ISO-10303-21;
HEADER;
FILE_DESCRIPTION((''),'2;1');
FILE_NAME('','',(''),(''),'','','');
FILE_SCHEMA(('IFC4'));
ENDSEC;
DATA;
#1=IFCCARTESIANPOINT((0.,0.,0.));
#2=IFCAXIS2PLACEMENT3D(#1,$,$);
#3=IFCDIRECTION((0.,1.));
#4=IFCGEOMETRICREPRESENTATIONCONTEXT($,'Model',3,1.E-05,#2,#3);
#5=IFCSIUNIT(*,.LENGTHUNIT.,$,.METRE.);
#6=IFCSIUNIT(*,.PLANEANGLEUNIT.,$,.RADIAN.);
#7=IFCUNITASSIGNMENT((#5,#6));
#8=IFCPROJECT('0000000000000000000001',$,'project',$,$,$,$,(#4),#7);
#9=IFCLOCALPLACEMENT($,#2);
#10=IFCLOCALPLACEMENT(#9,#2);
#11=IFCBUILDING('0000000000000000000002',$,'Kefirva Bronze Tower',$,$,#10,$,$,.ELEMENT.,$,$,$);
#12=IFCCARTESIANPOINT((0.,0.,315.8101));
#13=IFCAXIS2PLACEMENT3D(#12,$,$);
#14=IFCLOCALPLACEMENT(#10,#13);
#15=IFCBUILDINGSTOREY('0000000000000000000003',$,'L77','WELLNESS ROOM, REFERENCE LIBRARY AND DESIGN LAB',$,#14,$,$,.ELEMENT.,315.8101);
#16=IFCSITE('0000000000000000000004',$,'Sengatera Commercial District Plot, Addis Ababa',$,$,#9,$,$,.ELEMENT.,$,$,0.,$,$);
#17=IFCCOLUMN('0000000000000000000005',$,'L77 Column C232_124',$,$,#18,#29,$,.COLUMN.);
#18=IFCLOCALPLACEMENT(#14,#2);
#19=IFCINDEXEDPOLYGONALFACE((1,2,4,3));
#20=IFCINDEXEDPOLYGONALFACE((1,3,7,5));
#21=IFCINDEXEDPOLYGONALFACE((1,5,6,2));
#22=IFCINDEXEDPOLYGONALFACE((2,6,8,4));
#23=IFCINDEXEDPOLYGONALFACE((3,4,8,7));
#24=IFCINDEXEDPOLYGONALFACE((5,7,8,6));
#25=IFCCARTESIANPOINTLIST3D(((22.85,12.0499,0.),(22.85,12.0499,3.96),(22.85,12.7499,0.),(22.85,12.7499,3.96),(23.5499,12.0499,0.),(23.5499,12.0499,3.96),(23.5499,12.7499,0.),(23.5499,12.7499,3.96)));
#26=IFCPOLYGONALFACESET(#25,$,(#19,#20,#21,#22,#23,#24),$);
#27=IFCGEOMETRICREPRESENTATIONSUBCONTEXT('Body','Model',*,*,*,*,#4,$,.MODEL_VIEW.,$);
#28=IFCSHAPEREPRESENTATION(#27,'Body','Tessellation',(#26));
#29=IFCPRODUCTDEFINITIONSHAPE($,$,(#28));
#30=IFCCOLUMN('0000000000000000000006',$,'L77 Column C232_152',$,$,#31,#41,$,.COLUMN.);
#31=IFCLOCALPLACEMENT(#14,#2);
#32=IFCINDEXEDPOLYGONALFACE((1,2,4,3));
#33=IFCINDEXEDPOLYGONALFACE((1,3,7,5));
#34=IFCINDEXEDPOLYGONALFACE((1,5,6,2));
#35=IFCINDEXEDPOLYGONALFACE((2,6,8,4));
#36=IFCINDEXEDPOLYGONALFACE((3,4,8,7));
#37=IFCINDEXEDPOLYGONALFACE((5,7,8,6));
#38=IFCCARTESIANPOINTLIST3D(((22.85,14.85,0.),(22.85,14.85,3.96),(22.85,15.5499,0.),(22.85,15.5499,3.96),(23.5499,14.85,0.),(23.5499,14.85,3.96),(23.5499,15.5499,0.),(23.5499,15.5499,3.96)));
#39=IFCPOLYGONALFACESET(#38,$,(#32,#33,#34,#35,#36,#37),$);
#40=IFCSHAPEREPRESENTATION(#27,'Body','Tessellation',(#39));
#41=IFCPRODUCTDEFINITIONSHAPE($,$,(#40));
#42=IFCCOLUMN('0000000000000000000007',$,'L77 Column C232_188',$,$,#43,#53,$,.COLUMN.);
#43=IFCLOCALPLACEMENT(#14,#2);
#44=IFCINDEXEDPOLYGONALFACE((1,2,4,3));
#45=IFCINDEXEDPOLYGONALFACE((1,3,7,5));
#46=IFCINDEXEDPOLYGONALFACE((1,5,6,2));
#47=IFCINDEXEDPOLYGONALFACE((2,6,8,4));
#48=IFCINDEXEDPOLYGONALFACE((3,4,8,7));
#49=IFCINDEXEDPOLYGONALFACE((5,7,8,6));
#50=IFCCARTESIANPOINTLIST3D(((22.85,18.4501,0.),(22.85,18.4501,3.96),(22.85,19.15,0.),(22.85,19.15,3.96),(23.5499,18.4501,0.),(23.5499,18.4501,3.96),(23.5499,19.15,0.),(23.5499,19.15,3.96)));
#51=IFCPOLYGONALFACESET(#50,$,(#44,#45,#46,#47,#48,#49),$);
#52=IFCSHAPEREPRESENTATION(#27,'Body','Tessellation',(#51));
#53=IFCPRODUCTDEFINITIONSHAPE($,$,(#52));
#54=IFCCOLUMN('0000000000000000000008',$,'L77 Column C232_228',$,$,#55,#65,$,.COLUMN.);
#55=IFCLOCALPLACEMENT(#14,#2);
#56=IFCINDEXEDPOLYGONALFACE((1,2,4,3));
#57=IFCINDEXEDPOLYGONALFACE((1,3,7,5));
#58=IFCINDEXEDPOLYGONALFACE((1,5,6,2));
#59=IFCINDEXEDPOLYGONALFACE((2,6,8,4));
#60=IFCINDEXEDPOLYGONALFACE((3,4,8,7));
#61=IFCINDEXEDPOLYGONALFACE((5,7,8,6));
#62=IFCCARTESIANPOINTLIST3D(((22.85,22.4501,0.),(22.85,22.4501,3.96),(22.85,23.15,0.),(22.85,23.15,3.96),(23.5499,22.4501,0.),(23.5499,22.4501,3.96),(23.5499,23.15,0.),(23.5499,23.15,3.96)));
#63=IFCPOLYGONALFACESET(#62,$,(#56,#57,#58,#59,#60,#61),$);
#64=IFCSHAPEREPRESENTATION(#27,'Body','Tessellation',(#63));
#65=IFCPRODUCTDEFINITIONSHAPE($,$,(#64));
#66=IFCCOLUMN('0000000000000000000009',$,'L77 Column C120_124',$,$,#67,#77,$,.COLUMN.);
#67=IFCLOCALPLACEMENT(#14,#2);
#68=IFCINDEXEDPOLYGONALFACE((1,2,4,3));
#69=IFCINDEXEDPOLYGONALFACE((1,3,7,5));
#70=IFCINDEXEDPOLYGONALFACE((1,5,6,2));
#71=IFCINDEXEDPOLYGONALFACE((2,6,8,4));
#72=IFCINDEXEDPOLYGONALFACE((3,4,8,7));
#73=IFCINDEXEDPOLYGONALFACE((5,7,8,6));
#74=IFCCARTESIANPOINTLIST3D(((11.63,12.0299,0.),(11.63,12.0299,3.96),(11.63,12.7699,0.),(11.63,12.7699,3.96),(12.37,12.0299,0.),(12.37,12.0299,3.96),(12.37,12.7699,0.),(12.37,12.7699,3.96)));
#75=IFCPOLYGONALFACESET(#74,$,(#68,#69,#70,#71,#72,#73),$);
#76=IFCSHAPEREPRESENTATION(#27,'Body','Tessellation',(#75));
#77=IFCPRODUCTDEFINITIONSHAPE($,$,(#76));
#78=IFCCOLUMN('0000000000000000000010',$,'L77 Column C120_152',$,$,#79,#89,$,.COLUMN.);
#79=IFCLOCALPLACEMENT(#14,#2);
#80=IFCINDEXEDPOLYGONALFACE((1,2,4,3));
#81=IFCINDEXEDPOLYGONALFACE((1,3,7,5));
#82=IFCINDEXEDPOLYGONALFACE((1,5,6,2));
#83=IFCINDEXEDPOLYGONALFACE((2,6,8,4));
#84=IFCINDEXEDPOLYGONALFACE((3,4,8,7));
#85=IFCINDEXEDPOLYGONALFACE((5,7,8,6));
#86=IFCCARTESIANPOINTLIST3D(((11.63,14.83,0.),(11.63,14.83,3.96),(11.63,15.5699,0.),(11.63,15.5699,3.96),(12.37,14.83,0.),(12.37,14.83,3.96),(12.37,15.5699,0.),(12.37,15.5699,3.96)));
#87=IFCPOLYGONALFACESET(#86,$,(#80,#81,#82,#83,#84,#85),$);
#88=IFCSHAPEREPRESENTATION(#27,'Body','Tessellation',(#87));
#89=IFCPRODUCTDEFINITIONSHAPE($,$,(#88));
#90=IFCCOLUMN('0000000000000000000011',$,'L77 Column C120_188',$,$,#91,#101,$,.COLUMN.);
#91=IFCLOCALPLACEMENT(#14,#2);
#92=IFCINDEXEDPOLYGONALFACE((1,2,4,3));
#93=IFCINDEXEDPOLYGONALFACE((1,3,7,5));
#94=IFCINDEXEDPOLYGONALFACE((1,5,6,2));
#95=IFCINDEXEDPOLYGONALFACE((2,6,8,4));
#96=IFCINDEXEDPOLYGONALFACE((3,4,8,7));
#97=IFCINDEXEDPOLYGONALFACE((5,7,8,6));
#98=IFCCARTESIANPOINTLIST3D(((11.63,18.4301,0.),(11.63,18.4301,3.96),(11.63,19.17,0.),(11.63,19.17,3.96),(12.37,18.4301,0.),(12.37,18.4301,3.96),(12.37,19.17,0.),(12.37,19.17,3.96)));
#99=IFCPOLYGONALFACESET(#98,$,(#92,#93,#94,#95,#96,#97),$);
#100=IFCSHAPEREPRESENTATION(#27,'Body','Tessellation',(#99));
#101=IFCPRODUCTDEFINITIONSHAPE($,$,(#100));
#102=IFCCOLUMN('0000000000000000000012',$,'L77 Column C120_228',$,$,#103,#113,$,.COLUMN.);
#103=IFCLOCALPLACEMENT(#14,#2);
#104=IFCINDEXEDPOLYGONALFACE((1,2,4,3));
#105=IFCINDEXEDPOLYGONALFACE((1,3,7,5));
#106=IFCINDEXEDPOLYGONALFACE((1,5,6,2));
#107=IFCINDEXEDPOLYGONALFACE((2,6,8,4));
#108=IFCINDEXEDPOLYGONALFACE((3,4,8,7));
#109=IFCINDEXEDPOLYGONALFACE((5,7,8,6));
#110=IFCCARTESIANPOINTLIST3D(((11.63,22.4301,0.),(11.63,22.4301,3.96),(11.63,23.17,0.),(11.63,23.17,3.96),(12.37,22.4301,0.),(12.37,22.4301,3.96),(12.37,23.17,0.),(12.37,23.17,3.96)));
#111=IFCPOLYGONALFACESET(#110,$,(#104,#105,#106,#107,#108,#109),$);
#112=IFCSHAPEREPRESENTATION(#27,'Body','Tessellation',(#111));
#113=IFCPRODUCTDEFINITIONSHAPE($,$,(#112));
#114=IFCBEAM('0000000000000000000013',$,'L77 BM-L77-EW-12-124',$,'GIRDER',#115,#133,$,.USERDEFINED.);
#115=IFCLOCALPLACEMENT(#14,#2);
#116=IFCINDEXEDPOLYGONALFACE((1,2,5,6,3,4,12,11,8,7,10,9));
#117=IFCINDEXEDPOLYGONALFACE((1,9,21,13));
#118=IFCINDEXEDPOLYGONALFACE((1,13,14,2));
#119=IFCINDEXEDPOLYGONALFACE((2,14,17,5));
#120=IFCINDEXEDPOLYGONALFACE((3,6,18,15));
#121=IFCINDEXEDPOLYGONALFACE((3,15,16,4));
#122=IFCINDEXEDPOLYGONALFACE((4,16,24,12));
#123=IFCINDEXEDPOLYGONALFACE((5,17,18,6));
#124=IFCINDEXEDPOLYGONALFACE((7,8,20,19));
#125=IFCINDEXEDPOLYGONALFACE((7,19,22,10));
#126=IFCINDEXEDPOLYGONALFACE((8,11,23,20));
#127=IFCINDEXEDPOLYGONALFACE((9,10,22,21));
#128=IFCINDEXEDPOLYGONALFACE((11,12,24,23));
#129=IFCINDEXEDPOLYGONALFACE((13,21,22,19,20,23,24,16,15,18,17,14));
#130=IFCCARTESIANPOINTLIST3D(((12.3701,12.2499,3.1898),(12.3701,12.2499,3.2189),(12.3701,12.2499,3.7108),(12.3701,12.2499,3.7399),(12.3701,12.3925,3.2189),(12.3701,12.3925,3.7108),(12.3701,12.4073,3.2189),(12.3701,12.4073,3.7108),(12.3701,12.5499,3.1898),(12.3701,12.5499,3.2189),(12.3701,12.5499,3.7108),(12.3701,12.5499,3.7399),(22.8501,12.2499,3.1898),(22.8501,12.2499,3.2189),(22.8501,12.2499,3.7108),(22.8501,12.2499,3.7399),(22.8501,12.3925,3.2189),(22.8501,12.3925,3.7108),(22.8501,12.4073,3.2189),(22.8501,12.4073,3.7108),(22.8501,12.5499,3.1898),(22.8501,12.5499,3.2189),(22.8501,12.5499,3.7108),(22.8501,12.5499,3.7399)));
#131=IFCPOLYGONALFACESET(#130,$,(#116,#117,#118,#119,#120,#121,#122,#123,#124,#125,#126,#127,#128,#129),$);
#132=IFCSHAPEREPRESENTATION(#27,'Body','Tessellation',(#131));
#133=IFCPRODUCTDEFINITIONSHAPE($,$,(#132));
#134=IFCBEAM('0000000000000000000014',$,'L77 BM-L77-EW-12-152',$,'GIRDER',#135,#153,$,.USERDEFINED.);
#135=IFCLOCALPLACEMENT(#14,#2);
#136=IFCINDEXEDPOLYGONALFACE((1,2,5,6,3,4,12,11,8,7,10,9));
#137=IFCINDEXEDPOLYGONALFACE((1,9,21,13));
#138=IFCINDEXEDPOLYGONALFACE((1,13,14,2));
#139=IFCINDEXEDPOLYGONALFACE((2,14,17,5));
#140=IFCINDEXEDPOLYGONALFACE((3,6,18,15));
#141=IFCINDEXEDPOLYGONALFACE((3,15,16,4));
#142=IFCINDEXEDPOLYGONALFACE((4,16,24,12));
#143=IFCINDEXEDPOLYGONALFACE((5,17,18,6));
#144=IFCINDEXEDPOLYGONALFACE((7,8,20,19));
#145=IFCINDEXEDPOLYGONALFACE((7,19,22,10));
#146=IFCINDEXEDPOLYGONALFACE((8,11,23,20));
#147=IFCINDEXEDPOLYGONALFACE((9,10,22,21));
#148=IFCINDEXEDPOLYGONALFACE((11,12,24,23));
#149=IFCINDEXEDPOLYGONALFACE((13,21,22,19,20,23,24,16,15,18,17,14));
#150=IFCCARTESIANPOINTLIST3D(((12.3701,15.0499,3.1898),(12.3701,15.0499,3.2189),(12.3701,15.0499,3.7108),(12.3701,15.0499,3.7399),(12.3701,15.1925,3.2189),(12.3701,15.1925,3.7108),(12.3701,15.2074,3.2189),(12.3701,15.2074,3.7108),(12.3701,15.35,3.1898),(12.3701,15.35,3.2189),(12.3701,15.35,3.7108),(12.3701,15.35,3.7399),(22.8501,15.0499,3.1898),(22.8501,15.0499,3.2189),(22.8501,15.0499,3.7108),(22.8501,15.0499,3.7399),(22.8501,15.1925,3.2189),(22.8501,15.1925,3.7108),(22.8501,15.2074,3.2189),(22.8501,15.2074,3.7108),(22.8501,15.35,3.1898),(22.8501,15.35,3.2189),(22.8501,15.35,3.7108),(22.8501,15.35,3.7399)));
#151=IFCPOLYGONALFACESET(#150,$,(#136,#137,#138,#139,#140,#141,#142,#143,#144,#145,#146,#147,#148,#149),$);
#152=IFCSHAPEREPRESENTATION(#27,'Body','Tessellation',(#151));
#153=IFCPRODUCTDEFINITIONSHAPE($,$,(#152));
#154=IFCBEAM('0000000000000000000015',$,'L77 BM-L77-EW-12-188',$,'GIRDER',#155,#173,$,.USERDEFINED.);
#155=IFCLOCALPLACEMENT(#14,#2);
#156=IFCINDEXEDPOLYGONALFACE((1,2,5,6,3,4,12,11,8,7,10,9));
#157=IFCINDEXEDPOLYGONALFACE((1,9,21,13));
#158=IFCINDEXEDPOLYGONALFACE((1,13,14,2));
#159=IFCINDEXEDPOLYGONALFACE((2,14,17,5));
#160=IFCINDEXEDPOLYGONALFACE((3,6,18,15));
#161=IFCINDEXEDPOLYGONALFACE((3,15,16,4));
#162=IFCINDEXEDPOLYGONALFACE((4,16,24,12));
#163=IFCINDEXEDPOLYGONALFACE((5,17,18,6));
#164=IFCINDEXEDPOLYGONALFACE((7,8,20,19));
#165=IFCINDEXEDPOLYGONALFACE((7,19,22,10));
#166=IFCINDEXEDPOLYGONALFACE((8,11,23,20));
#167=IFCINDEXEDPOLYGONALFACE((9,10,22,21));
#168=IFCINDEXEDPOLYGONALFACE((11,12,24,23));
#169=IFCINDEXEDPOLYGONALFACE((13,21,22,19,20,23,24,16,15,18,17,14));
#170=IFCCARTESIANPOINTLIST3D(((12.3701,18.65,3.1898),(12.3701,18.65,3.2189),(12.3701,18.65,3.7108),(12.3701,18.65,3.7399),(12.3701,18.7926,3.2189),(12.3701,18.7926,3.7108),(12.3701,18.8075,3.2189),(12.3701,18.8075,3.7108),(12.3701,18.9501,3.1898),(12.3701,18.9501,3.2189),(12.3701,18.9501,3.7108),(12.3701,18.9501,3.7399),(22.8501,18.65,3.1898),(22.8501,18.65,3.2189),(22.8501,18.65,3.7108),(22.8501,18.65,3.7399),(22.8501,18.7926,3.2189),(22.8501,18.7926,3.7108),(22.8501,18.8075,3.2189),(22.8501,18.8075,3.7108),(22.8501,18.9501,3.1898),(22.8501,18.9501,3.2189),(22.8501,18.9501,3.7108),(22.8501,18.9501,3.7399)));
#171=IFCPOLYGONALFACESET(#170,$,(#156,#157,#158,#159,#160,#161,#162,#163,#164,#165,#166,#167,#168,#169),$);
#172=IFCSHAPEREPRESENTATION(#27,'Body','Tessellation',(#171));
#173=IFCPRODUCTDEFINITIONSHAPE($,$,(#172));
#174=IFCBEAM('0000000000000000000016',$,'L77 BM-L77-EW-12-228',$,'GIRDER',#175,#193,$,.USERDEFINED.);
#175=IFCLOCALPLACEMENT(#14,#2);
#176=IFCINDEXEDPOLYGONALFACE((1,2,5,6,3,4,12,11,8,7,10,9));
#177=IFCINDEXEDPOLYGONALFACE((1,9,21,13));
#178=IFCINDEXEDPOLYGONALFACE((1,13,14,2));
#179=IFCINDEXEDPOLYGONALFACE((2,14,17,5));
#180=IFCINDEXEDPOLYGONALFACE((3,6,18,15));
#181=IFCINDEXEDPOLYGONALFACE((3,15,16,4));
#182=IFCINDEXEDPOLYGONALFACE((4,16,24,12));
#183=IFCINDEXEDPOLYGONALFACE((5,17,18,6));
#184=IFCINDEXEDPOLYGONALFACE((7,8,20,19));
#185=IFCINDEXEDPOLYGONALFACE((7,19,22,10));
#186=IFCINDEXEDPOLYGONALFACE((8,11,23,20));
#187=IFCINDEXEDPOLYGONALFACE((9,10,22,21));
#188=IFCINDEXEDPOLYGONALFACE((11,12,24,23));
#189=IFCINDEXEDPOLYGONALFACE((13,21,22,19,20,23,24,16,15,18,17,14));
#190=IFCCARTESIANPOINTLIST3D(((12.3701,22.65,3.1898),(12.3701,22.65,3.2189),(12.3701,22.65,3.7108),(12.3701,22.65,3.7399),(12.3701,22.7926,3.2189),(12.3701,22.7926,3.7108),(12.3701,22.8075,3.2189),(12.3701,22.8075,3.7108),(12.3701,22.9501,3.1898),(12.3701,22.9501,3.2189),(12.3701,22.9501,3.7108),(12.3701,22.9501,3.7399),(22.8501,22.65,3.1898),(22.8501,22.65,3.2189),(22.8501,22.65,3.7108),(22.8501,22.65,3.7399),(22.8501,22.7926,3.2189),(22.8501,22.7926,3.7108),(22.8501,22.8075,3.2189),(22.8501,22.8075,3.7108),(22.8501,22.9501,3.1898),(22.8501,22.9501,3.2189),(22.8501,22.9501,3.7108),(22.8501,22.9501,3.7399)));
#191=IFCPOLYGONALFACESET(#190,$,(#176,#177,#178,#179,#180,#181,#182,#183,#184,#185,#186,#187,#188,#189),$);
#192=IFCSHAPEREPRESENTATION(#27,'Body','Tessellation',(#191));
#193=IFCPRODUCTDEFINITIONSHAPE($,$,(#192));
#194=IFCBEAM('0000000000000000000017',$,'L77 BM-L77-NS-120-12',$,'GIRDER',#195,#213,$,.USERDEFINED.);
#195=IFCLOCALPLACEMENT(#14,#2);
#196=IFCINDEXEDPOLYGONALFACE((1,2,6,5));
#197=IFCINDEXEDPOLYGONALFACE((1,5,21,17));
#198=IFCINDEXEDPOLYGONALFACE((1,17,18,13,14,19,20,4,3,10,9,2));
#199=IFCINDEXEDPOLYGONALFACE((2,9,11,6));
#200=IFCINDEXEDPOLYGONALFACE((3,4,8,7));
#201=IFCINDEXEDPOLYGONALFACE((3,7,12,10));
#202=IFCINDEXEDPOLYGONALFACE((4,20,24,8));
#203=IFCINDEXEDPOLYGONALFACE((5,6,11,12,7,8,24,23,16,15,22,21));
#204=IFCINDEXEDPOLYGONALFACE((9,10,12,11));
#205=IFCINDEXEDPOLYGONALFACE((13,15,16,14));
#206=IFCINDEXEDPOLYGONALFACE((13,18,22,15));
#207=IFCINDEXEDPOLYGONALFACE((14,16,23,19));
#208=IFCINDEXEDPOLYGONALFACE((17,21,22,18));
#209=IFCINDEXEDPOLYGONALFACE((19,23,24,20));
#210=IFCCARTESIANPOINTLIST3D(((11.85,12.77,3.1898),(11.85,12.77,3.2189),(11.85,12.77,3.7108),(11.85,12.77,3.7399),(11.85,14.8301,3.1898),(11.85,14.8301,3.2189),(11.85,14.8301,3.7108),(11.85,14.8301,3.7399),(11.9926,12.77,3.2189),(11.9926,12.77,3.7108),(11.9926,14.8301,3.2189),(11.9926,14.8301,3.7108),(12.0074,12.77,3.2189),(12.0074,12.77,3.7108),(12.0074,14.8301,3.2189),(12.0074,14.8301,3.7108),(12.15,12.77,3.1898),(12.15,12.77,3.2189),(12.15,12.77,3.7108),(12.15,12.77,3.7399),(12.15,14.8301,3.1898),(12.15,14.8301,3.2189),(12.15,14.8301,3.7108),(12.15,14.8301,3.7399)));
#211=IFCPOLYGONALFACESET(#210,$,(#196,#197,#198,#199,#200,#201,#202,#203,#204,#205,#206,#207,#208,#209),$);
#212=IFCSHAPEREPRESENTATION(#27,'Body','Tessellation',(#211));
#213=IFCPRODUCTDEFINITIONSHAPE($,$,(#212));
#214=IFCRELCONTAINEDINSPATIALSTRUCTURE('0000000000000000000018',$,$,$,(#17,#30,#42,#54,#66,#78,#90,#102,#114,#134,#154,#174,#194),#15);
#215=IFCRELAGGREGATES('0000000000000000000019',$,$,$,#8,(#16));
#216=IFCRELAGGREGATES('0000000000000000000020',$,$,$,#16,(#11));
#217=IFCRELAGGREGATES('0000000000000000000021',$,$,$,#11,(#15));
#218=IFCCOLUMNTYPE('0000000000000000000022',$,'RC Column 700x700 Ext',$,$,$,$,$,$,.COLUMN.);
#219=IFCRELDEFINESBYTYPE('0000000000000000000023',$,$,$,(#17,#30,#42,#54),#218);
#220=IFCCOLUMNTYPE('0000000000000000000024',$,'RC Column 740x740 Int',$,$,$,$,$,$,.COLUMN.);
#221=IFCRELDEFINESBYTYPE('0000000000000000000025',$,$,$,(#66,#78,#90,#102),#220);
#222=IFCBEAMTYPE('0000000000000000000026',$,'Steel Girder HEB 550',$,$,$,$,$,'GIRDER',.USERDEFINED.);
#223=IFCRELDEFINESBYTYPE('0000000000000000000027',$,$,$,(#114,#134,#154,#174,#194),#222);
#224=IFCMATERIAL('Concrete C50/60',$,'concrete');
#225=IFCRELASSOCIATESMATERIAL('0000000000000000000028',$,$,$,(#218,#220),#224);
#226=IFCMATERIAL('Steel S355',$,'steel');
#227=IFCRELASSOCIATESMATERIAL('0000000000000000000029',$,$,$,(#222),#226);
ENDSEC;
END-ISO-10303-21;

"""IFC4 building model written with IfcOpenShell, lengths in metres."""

from ifc_helpers import new_model, si_unit, direction, frame, origin, origin_2d, place, context, subcontext, project, spatial, rectangle, i_section, extrude, material, material_profile, profile_set, type_object, element, save


model = new_model("IFC4")

# Units and contexts
model_context = context("Model", 3, precision=1e-05, world=origin(), true_north=direction((0.0, 1.0)))
body_context = subcontext(model_context, "Body", "Model", "MODEL_VIEW")
ifc_project = project(units=[si_unit("LENGTHUNIT", "METRE"), si_unit("PLANEANGLEUNIT", "RADIAN")], contexts=[model_context])

# Site, building, storey
site_placement = place(None, origin())
site = spatial("IfcSite", under=ifc_project, at=site_placement, Name="Sengatera Commercial District Plot, Addis Ababa", CompositionType="ELEMENT", RefElevation=0.0)
building_placement = place(site_placement, origin())
building = spatial("IfcBuilding", under=site, at=building_placement, Name="Kefirva Bronze Tower", CompositionType="ELEMENT")
storey_placement = place(building_placement, frame((0.0, 0.0, 315.8101)))
storey = spatial("IfcBuildingStorey", under=building, at=storey_placement, Name="L77", Description="WELLNESS ROOM, REFERENCE LIBRARY AND DESIGN LAB", CompositionType="ELEMENT", Elevation=315.8101)

# Columns
ifc_material_1 = material(Name="Concrete C50/60", Category="concrete")
ifc_material_profile_1 = material_profile(ifc_material_1, rectangle(XDim=0.7, YDim=0.7, at=origin_2d()), Name="RC 700x700")
ifc_profile_set_1 = profile_set([ifc_material_profile_1], Name="Concrete C50/60")
column_type_1 = type_object("IfcColumnType", Name="RC Column 700x700 Ext", PredefinedType="COLUMN", material=ifc_profile_set_1)
for number, where, z_axis, x_axis, name in (
    (1, (23.2, 12.3999, 0.0), (0.0, 0.0, 1.0), (1.0, 0.0, 0.0), "L77 Column C232_124"),
    (2, (23.2, 15.2, 0.0), (0.0, 0.0, 1.0), (1.0, 0.0, 0.0), "L77 Column C232_152"),
    (3, (23.2, 18.8, 0.0), (0.0, 0.0, 1.0), (1.0, 0.0, 0.0), "L77 Column C232_188"),
    (4, (23.2, 22.8, 0.0), (0.0, 0.0, 1.0), (1.0, 0.0, 0.0), "L77 Column C232_228"),
):
    element("IfcColumn", number, at=place(storey_placement, frame(where, z_axis=z_axis, x_axis=x_axis)), inside=storey, type_object=column_type_1, Name=name, PredefinedType="COLUMN", context=body_context, shape_type="SweptSolid", body=[
        extrude(rectangle(XDim=0.7, YDim=0.7, at=origin_2d()), origin(), (0.0, 0.0, 1.0), 3.96),
    ])
ifc_material_profile_2 = material_profile(ifc_material_1, rectangle(XDim=0.74, YDim=0.74, at=origin_2d()), Name="RC 740x740")
ifc_profile_set_2 = profile_set([ifc_material_profile_2], Name="Concrete C50/60")
column_type_2 = type_object("IfcColumnType", Name="RC Column 740x740 Int", PredefinedType="COLUMN", material=ifc_profile_set_2)
for number, where, z_axis, x_axis, name in (
    (5, (12.0, 12.3999, 0.0), (0.0, 0.0, 1.0), (1.0, 0.0, 0.0), "L77 Column C120_124"),
    (6, (12.0, 15.2, 0.0), (0.0, 0.0, 1.0), (1.0, 0.0, 0.0), "L77 Column C120_152"),
    (7, (12.0, 18.8, 0.0), (0.0, 0.0, 1.0), (1.0, 0.0, 0.0), "L77 Column C120_188"),
    (8, (12.0, 22.8, 0.0), (0.0, 0.0, 1.0), (1.0, 0.0, 0.0), "L77 Column C120_228"),
):
    element("IfcColumn", number, at=place(storey_placement, frame(where, z_axis=z_axis, x_axis=x_axis)), inside=storey, type_object=column_type_2, Name=name, PredefinedType="COLUMN", context=body_context, shape_type="SweptSolid", body=[
        extrude(rectangle(XDim=0.74, YDim=0.74, at=origin_2d()), origin(), (0.0, 0.0, 1.0), 3.96),
    ])

# Beams
ifc_material_2 = material(Name="Steel S355", Category="steel")
ifc_material_profile_3 = material_profile(ifc_material_2, i_section(OverallWidth=0.3, OverallDepth=0.55, WebThickness=0.0149, FlangeThickness=0.0291, at=origin_2d()), Name="HEB 550")
ifc_profile_set_3 = profile_set([ifc_material_profile_3], Name="Steel S355")
beam_type_1 = type_object("IfcBeamType", Name="Steel Girder HEB 550", ElementType="GIRDER", PredefinedType="USERDEFINED", material=ifc_profile_set_3)
for number, where, z_axis, x_axis, name in (
    (9, (12.3701, 12.3999, 3.4648), (1.0, 0.0, 0.0), (0.0, 1.0, 0.0), "L77 BM-L77-EW-12-124"),
    (10, (12.3701, 15.2, 3.4648), (1.0, 0.0, 0.0), (0.0, 1.0, 0.0), "L77 BM-L77-EW-12-152"),
    (11, (12.3701, 18.8, 3.4648), (1.0, 0.0, 0.0), (0.0, 1.0, 0.0), "L77 BM-L77-EW-12-188"),
    (12, (12.3701, 22.8, 3.4648), (1.0, 0.0, 0.0), (0.0, 1.0, 0.0), "L77 BM-L77-EW-12-228"),
):
    element("IfcBeam", number, at=place(storey_placement, frame(where, z_axis=z_axis, x_axis=x_axis)), inside=storey, type_object=beam_type_1, Name=name, ObjectType="GIRDER", PredefinedType="USERDEFINED", context=body_context, shape_type="SweptSolid", body=[
        extrude(i_section(OverallWidth=0.3, OverallDepth=0.55, WebThickness=0.0149, FlangeThickness=0.0291, at=origin_2d()), origin(), (0.0, 0.0, 1.0), 10.48),
    ])
beam_1_placement = place(storey_placement, frame((12.0, 12.77, 3.4648), z_axis=(0.0, 1.0, 0.0), x_axis=(-1.0, 0.0, 0.0)))
element("IfcBeam", 13, at=beam_1_placement, inside=storey, type_object=beam_type_1, Name="L77 BM-L77-NS-120-12", ObjectType="GIRDER", PredefinedType="USERDEFINED", context=body_context, shape_type="SweptSolid", body=[
    extrude(i_section(OverallWidth=0.3, OverallDepth=0.55, WebThickness=0.0149, FlangeThickness=0.0291, at=origin_2d()), origin(), (0.0, 0.0, 1.0), 2.0601),
])

save(model, "model.ifc")
